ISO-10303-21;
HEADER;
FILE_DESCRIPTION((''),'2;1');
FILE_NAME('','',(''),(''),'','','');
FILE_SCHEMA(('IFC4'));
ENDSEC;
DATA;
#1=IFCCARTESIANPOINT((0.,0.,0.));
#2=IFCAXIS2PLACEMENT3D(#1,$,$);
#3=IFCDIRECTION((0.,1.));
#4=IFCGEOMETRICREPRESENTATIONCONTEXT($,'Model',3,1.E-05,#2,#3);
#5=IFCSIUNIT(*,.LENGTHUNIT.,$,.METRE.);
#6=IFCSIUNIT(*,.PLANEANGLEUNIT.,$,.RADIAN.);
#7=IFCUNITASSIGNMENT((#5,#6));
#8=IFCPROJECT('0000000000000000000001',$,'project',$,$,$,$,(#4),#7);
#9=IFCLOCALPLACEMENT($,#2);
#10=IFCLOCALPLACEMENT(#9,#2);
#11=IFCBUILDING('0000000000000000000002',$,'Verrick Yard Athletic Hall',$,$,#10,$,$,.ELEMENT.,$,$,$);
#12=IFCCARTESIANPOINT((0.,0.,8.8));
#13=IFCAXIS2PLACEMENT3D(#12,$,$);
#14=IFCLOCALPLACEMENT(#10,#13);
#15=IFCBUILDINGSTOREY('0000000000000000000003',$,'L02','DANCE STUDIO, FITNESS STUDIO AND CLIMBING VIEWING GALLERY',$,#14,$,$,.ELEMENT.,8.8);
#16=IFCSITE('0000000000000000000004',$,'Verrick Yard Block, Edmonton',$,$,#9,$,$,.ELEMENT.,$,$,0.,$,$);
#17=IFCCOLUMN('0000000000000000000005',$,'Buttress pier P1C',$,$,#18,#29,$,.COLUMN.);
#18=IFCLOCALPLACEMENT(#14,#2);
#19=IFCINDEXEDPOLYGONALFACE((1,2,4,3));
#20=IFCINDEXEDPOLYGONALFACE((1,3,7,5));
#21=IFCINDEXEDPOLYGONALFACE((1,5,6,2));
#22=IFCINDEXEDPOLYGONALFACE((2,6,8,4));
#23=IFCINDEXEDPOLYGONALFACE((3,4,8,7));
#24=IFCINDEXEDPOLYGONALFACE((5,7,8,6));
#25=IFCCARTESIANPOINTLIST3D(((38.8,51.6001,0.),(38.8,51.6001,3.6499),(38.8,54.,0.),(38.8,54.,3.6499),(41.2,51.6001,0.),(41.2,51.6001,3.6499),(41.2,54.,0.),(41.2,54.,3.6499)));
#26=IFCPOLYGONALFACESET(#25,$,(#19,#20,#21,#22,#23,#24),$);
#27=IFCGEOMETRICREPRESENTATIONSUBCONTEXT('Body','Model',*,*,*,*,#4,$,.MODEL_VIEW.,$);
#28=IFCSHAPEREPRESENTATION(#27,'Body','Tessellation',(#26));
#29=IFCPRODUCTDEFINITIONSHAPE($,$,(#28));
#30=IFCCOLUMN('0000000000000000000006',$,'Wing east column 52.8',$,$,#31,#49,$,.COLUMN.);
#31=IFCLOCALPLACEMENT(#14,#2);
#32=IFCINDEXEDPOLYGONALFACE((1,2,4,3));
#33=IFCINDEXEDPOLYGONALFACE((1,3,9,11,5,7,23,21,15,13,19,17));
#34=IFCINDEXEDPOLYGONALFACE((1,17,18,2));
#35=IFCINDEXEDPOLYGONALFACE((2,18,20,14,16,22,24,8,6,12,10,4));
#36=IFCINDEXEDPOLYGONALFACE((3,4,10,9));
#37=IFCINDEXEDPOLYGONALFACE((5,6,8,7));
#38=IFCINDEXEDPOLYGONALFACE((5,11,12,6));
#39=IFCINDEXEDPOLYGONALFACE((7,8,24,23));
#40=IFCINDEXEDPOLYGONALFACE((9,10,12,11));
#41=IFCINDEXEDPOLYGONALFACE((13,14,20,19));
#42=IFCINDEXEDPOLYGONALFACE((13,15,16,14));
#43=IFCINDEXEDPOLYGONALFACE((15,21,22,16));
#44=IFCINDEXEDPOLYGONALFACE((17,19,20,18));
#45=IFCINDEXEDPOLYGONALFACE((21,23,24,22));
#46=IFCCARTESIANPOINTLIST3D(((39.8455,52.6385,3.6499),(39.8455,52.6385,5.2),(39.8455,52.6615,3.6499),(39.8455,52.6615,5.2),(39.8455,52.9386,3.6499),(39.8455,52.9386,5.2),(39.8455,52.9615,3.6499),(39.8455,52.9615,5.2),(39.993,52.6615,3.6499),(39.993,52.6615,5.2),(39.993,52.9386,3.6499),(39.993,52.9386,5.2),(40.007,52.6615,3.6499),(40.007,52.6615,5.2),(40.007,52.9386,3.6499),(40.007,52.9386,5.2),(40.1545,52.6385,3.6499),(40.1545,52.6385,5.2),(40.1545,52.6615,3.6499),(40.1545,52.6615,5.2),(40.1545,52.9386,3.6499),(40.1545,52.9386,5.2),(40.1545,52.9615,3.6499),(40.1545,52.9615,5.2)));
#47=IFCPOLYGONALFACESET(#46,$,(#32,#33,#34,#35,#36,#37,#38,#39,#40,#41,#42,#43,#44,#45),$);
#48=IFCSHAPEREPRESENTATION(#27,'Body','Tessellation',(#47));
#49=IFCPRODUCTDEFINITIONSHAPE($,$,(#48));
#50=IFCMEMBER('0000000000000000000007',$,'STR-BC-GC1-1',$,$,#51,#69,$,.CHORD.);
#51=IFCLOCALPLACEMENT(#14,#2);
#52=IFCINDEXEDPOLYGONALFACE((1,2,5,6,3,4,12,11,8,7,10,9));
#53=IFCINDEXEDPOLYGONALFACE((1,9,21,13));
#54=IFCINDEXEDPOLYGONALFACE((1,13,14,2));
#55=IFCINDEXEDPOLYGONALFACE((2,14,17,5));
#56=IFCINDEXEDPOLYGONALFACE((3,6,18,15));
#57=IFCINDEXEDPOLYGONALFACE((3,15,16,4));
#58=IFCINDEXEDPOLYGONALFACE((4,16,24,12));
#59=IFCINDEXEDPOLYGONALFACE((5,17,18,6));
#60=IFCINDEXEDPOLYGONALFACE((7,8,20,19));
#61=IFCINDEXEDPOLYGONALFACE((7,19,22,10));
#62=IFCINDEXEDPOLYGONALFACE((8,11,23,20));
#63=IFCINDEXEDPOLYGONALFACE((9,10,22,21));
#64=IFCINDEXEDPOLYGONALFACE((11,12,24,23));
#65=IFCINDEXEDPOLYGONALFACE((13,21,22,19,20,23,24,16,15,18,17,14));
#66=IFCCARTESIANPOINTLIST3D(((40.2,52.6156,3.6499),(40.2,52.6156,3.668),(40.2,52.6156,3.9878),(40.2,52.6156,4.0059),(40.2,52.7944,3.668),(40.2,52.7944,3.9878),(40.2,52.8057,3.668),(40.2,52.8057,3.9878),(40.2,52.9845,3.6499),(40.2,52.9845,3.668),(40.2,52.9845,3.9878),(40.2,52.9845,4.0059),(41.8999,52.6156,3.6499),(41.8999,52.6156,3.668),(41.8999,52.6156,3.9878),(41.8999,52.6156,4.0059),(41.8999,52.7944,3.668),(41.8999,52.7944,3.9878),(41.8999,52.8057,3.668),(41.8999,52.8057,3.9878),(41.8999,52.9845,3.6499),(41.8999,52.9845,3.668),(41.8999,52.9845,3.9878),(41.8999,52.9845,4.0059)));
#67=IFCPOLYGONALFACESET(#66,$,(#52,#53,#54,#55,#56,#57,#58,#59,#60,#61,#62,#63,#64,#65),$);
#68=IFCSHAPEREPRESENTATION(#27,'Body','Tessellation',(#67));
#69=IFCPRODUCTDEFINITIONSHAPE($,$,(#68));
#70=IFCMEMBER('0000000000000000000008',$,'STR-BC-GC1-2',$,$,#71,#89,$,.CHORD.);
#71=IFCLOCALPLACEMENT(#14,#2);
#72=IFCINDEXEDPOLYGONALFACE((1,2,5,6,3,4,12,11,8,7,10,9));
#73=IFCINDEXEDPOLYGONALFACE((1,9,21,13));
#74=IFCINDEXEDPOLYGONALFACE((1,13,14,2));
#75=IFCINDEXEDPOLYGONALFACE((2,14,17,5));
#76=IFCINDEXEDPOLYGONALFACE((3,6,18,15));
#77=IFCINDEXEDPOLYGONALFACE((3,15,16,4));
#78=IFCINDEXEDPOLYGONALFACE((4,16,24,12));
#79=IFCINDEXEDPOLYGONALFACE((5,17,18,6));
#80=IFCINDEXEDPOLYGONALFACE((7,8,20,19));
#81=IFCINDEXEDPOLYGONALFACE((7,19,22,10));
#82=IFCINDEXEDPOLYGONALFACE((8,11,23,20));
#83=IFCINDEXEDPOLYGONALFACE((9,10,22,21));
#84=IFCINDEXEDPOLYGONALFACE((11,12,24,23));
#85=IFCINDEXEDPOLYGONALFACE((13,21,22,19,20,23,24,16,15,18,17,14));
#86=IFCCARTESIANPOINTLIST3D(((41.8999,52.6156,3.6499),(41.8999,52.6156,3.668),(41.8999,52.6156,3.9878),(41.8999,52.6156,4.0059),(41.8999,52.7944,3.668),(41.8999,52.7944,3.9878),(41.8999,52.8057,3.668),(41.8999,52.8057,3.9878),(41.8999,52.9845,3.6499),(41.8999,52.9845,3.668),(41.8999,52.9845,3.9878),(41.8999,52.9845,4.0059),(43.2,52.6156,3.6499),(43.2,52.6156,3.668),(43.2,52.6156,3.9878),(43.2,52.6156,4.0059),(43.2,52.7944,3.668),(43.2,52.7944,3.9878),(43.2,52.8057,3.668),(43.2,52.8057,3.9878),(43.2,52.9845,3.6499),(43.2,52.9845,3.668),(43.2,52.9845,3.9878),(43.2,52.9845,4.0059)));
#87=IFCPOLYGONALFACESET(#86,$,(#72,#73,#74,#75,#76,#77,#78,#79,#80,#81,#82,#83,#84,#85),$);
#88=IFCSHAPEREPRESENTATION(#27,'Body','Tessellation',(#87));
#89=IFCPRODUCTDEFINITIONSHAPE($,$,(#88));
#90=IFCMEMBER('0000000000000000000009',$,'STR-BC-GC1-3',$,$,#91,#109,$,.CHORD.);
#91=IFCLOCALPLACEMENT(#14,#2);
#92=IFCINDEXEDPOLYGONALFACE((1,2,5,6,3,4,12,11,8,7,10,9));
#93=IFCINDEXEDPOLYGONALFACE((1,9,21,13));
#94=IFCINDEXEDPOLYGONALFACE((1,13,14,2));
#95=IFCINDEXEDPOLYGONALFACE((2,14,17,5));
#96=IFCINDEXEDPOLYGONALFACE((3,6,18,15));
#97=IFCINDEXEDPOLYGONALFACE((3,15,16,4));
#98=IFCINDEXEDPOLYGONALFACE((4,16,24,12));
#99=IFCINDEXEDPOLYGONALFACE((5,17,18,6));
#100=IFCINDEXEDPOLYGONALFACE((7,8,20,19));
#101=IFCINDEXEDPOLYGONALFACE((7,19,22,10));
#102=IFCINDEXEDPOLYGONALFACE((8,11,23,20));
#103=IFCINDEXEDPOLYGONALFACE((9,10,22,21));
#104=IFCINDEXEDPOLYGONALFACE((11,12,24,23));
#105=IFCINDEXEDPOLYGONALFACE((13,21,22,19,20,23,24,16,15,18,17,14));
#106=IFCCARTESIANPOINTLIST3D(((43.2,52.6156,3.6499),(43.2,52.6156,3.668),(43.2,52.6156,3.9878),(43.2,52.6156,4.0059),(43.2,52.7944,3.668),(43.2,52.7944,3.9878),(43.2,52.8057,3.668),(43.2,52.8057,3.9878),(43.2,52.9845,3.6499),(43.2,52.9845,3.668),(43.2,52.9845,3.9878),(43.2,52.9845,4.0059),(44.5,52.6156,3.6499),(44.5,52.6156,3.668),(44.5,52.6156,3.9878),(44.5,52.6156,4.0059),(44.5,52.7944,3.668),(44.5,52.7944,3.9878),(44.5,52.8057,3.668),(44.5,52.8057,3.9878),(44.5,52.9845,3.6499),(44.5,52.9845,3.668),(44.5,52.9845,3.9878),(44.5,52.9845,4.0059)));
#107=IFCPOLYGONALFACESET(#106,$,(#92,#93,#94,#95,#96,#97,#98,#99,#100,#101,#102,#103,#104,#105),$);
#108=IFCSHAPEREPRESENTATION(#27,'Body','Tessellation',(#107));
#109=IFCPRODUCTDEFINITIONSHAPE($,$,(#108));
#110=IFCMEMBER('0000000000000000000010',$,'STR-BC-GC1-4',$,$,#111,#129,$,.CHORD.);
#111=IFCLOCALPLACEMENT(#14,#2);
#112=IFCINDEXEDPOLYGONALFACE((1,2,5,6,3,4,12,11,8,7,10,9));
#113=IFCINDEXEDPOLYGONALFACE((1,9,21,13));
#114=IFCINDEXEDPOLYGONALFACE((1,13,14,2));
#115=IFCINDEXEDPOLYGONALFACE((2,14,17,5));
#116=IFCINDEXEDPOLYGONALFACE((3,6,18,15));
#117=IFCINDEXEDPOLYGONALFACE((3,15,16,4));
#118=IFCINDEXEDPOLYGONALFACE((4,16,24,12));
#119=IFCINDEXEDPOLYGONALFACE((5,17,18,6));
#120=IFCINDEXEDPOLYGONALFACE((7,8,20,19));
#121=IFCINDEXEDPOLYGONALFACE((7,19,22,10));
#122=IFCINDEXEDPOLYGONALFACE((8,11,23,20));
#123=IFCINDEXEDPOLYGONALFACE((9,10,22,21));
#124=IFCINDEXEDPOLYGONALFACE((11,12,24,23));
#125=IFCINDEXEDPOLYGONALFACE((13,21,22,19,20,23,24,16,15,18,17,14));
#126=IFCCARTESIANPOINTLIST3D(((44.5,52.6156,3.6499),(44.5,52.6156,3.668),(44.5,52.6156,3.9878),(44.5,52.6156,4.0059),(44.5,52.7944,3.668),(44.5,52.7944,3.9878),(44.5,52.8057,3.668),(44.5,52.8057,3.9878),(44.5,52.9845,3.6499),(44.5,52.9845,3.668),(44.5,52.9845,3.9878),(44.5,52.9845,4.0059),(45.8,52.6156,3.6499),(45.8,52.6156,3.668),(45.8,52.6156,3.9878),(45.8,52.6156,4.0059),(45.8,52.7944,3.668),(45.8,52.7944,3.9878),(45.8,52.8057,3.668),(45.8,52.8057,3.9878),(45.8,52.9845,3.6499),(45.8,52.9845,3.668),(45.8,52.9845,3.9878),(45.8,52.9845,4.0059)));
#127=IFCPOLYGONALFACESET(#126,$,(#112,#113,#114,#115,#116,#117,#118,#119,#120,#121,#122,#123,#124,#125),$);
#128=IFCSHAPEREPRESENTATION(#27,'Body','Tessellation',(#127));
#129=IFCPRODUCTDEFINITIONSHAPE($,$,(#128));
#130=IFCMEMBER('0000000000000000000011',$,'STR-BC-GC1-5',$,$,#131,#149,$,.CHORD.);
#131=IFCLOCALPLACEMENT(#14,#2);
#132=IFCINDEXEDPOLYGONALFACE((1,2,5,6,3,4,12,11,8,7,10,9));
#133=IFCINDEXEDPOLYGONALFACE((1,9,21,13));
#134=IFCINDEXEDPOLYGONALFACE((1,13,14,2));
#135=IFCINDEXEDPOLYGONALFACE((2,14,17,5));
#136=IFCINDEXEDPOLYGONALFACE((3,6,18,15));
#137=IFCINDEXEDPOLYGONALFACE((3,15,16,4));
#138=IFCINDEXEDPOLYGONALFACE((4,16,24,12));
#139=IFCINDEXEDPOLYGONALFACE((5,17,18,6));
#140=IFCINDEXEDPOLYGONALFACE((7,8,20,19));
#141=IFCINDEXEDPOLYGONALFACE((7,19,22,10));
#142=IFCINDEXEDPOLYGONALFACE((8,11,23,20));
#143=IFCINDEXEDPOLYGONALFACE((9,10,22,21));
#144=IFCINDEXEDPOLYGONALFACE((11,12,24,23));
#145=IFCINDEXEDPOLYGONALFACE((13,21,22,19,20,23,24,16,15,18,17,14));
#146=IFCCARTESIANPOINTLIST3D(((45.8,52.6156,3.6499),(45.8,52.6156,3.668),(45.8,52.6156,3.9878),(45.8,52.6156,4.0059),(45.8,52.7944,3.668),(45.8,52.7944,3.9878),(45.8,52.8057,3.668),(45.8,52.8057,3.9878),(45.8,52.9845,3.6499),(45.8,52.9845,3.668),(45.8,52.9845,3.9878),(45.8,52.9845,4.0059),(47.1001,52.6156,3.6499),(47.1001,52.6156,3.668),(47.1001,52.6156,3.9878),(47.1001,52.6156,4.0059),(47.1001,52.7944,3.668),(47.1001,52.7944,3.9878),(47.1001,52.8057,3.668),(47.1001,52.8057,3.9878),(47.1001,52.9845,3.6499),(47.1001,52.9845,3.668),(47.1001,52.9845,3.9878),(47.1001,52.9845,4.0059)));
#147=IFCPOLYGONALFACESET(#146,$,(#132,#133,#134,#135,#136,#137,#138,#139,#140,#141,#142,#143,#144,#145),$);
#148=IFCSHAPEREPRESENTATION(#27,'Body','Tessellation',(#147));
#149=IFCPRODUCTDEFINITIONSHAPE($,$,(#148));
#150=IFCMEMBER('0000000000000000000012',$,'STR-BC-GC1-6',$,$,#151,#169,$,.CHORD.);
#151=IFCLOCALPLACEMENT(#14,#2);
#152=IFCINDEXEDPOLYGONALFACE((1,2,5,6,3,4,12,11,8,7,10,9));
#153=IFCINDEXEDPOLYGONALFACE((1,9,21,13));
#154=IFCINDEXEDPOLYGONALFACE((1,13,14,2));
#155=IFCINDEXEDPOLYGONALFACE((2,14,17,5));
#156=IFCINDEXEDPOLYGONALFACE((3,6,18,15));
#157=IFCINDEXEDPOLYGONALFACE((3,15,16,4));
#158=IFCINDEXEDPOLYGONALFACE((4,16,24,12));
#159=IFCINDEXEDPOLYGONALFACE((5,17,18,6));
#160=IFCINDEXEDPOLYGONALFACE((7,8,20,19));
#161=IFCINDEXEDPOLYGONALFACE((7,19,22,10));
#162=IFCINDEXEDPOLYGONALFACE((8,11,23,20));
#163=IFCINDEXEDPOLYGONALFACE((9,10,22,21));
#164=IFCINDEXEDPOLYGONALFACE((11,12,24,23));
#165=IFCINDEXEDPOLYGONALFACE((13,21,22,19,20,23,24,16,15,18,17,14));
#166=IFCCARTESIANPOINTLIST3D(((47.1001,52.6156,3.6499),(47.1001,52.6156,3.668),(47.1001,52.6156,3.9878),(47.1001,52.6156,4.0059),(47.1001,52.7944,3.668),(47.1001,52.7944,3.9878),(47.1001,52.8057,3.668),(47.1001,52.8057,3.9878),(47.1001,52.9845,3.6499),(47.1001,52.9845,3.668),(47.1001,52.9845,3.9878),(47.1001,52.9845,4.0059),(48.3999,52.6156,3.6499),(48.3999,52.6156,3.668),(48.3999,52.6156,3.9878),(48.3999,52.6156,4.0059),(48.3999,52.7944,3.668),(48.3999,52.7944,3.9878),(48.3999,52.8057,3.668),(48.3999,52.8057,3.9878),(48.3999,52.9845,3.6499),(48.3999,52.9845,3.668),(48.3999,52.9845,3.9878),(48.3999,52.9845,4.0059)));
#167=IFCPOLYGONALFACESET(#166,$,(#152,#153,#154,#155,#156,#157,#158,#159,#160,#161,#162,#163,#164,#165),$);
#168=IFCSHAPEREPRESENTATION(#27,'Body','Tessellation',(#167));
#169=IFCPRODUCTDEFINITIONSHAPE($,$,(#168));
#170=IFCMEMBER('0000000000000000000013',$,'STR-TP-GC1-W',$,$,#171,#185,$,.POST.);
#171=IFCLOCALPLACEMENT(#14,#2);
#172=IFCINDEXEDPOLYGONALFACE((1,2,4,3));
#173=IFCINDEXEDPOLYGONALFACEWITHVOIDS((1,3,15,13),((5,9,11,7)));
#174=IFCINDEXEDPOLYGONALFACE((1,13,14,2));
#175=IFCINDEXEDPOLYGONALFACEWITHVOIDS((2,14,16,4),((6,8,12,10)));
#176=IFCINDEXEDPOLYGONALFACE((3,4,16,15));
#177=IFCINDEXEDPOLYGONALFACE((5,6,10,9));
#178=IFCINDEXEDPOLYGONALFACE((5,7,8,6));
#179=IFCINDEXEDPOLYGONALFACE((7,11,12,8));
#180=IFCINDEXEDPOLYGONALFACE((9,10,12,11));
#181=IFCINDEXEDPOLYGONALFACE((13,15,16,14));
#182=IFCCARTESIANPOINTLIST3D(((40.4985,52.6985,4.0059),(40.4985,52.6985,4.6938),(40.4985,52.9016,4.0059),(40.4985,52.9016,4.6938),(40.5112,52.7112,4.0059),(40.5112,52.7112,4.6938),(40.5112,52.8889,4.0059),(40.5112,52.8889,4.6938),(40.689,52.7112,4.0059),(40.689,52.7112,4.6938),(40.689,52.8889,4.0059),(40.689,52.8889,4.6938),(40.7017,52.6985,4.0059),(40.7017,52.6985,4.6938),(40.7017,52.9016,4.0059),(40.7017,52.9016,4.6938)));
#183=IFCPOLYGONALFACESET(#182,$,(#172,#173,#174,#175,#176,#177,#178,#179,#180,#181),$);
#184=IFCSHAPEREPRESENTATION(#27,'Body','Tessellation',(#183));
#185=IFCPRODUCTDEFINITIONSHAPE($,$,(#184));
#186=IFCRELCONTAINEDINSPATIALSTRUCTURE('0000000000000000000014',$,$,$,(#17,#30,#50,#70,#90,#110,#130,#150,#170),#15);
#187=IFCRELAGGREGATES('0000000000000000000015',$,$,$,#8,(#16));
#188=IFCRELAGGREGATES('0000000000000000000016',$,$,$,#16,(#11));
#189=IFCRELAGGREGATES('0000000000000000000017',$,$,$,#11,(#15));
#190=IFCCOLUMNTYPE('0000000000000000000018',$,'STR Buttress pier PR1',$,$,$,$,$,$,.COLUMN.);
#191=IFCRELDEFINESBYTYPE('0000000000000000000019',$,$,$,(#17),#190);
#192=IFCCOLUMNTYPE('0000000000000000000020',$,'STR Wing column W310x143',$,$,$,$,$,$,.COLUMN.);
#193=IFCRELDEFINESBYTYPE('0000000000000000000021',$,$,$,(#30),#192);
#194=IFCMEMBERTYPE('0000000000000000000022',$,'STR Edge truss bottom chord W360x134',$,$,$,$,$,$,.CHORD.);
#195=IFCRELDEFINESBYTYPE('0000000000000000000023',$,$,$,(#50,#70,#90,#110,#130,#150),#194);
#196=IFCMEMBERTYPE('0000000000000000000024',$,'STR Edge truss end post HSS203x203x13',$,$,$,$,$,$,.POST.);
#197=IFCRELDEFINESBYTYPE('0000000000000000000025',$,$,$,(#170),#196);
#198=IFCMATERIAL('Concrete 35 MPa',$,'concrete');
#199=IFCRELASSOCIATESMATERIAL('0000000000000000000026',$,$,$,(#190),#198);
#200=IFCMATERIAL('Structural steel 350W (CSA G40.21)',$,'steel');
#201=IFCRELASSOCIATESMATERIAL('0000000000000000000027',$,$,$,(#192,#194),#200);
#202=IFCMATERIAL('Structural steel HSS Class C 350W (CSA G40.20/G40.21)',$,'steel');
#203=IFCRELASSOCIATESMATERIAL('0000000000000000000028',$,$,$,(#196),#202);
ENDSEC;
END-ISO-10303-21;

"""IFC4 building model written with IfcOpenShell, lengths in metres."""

from ifc_helpers import new_model, si_unit, direction, frame, origin, origin_2d, place, context, subcontext, project, spatial, rectangle, hollow_rectangle, i_section, extrude, material, material_profile, profile_set, type_object, element, save


model = new_model("IFC4")

# Units and contexts
model_context = context("Model", 3, precision=1e-05, world=origin(), true_north=direction((0.0, 1.0)))
body_context = subcontext(model_context, "Body", "Model", "MODEL_VIEW")
ifc_project = project(units=[si_unit("LENGTHUNIT", "METRE"), si_unit("PLANEANGLEUNIT", "RADIAN")], contexts=[model_context])

# Site, building, storey
site_placement = place(None, origin())
site = spatial("IfcSite", under=ifc_project, at=site_placement, Name="Verrick Yard Block, Edmonton", CompositionType="ELEMENT", RefElevation=0.0)
building_placement = place(site_placement, origin())
building = spatial("IfcBuilding", under=site, at=building_placement, Name="Verrick Yard Athletic Hall", CompositionType="ELEMENT")
storey_placement = place(building_placement, frame((0.0, 0.0, 8.8)))
storey = spatial("IfcBuildingStorey", under=building, at=storey_placement, Name="L02", Description="DANCE STUDIO, FITNESS STUDIO AND CLIMBING VIEWING GALLERY", CompositionType="ELEMENT", Elevation=8.8)

# Columns
ifc_material_1 = material(Name="Concrete 35 MPa", Category="concrete")
ifc_material_profile_1 = material_profile(ifc_material_1, rectangle(XDim=2.3999, YDim=2.3999, at=origin_2d()), Name="STR Buttress pier PR1")
ifc_profile_set_1 = profile_set([ifc_material_profile_1], Name="Concrete 35 MPa")
column_type_1 = type_object("IfcColumnType", Name="STR Buttress pier PR1", PredefinedType="COLUMN", material=ifc_profile_set_1)
column_1_placement = place(storey_placement, frame((40.0, 52.8, 0.0), z_axis=(0.0, 0.0, 1.0), x_axis=(1.0, 0.0, 0.0)))
element("IfcColumn", 1, at=column_1_placement, inside=storey, type_object=column_type_1, Name="Buttress pier P1C", PredefinedType="COLUMN", context=body_context, shape_type="SweptSolid", body=[
    extrude(rectangle(XDim=2.3999, YDim=2.3999, at=origin_2d()), origin(), (0.0, 0.0, 1.0), 3.6499),
])
ifc_material_2 = material(Name="Structural steel 350W (CSA G40.21)", Category="steel")
ifc_material_profile_2 = material_profile(ifc_material_2, i_section(OverallWidth=0.3091, OverallDepth=0.323, WebThickness=0.0139, FlangeThickness=0.0229, at=origin_2d()), Name="W310x143")
ifc_profile_set_2 = profile_set([ifc_material_profile_2], Name="Structural steel 350W (CSA G40.21)")
column_type_2 = type_object("IfcColumnType", Name="STR Wing column W310x143", PredefinedType="COLUMN", material=ifc_profile_set_2)
column_2_placement = place(storey_placement, frame((40.0, 52.8, 3.6499), z_axis=(0.0, 0.0, 1.0), x_axis=(1.0, 0.0, 0.0)))
element("IfcColumn", 2, at=column_2_placement, inside=storey, type_object=column_type_2, Name="Wing east column 52.8", PredefinedType="COLUMN", context=body_context, shape_type="SweptSolid", body=[
    extrude(i_section(OverallWidth=0.3091, OverallDepth=0.323, WebThickness=0.0139, FlangeThickness=0.0229, at=origin_2d()), origin(), (0.0, 0.0, 1.0), 1.55),
])

# Members
ifc_material_profile_3 = material_profile(ifc_material_2, i_section(OverallWidth=0.3689, OverallDepth=0.356, WebThickness=0.0112, FlangeThickness=0.0181, at=origin_2d()), Name="W360x134")
ifc_profile_set_3 = profile_set([ifc_material_profile_3], Name="Structural steel 350W (CSA G40.21)")
member_type_1 = type_object("IfcMemberType", Name="STR Edge truss bottom chord W360x134", PredefinedType="CHORD", material=ifc_profile_set_3)
member_1_placement = place(storey_placement, frame((40.2, 52.8, 3.8279), z_axis=(1.0, 0.0, 0.0), x_axis=(0.0, 1.0, 0.0)))
element("IfcMember", 3, at=member_1_placement, inside=storey, type_object=member_type_1, Name="STR-BC-GC1-1", PredefinedType="CHORD", context=body_context, shape_type="SweptSolid", body=[
    extrude(i_section(OverallWidth=0.3689, OverallDepth=0.356, WebThickness=0.0112, FlangeThickness=0.0181, at=origin_2d()), origin(), (0.0, 0.0, 1.0), 1.7),
])
for number, where, z_axis, x_axis, name in (
    (4, (41.8999, 52.8, 3.8279), (1.0, 0.0, 0.0), (0.0, 1.0, 0.0), "STR-BC-GC1-2"),
    (5, (43.2, 52.8, 3.8279), (1.0, 0.0, 0.0), (0.0, 1.0, 0.0), "STR-BC-GC1-3"),
    (6, (44.5, 52.8, 3.8279), (1.0, 0.0, 0.0), (0.0, 1.0, 0.0), "STR-BC-GC1-4"),
    (7, (45.8, 52.8, 3.8279), (1.0, 0.0, 0.0), (0.0, 1.0, 0.0), "STR-BC-GC1-5"),
):
    element("IfcMember", number, at=place(storey_placement, frame(where, z_axis=z_axis, x_axis=x_axis)), inside=storey, type_object=member_type_1, Name=name, PredefinedType="CHORD", context=body_context, shape_type="SweptSolid", body=[
        extrude(i_section(OverallWidth=0.3689, OverallDepth=0.356, WebThickness=0.0112, FlangeThickness=0.0181, at=origin_2d()), origin(), (0.0, 0.0, 1.0), 1.3),
    ])
member_2_placement = place(storey_placement, frame((47.1001, 52.8, 3.8279), z_axis=(1.0, 0.0, 0.0), x_axis=(0.0, 1.0, 0.0)))
element("IfcMember", 8, at=member_2_placement, inside=storey, type_object=member_type_1, Name="STR-BC-GC1-6", PredefinedType="CHORD", context=body_context, shape_type="SweptSolid", body=[
    extrude(i_section(OverallWidth=0.3689, OverallDepth=0.356, WebThickness=0.0112, FlangeThickness=0.0181, at=origin_2d()), origin(), (0.0, 0.0, 1.0), 1.2998),
])
ifc_material_3 = material(Name="Structural steel HSS Class C 350W (CSA G40.20/G40.21)", Category="steel")
ifc_material_profile_4 = material_profile(ifc_material_3, hollow_rectangle(XDim=0.2031, YDim=0.2031, WallThickness=0.0127, at=origin_2d()), Name="HSS203x203x13")
ifc_profile_set_4 = profile_set([ifc_material_profile_4], Name="Structural steel HSS Class C 350W (CSA G40.20/G40.21)")
member_type_2 = type_object("IfcMemberType", Name="STR Edge truss end post HSS203x203x13", PredefinedType="POST", material=ifc_profile_set_4)
member_3_placement = place(storey_placement, frame((40.6001, 52.8, 4.0059), z_axis=(0.0, 0.0, 1.0), x_axis=(1.0, 0.0, 0.0)))
element("IfcMember", 9, at=member_3_placement, inside=storey, type_object=member_type_2, Name="STR-TP-GC1-W", PredefinedType="POST", context=body_context, shape_type="SweptSolid", body=[
    extrude(hollow_rectangle(XDim=0.2031, YDim=0.2031, WallThickness=0.0127, at=origin_2d()), origin(), (0.0, 0.0, 1.0), 0.688),
])

save(model, "model.ifc")
